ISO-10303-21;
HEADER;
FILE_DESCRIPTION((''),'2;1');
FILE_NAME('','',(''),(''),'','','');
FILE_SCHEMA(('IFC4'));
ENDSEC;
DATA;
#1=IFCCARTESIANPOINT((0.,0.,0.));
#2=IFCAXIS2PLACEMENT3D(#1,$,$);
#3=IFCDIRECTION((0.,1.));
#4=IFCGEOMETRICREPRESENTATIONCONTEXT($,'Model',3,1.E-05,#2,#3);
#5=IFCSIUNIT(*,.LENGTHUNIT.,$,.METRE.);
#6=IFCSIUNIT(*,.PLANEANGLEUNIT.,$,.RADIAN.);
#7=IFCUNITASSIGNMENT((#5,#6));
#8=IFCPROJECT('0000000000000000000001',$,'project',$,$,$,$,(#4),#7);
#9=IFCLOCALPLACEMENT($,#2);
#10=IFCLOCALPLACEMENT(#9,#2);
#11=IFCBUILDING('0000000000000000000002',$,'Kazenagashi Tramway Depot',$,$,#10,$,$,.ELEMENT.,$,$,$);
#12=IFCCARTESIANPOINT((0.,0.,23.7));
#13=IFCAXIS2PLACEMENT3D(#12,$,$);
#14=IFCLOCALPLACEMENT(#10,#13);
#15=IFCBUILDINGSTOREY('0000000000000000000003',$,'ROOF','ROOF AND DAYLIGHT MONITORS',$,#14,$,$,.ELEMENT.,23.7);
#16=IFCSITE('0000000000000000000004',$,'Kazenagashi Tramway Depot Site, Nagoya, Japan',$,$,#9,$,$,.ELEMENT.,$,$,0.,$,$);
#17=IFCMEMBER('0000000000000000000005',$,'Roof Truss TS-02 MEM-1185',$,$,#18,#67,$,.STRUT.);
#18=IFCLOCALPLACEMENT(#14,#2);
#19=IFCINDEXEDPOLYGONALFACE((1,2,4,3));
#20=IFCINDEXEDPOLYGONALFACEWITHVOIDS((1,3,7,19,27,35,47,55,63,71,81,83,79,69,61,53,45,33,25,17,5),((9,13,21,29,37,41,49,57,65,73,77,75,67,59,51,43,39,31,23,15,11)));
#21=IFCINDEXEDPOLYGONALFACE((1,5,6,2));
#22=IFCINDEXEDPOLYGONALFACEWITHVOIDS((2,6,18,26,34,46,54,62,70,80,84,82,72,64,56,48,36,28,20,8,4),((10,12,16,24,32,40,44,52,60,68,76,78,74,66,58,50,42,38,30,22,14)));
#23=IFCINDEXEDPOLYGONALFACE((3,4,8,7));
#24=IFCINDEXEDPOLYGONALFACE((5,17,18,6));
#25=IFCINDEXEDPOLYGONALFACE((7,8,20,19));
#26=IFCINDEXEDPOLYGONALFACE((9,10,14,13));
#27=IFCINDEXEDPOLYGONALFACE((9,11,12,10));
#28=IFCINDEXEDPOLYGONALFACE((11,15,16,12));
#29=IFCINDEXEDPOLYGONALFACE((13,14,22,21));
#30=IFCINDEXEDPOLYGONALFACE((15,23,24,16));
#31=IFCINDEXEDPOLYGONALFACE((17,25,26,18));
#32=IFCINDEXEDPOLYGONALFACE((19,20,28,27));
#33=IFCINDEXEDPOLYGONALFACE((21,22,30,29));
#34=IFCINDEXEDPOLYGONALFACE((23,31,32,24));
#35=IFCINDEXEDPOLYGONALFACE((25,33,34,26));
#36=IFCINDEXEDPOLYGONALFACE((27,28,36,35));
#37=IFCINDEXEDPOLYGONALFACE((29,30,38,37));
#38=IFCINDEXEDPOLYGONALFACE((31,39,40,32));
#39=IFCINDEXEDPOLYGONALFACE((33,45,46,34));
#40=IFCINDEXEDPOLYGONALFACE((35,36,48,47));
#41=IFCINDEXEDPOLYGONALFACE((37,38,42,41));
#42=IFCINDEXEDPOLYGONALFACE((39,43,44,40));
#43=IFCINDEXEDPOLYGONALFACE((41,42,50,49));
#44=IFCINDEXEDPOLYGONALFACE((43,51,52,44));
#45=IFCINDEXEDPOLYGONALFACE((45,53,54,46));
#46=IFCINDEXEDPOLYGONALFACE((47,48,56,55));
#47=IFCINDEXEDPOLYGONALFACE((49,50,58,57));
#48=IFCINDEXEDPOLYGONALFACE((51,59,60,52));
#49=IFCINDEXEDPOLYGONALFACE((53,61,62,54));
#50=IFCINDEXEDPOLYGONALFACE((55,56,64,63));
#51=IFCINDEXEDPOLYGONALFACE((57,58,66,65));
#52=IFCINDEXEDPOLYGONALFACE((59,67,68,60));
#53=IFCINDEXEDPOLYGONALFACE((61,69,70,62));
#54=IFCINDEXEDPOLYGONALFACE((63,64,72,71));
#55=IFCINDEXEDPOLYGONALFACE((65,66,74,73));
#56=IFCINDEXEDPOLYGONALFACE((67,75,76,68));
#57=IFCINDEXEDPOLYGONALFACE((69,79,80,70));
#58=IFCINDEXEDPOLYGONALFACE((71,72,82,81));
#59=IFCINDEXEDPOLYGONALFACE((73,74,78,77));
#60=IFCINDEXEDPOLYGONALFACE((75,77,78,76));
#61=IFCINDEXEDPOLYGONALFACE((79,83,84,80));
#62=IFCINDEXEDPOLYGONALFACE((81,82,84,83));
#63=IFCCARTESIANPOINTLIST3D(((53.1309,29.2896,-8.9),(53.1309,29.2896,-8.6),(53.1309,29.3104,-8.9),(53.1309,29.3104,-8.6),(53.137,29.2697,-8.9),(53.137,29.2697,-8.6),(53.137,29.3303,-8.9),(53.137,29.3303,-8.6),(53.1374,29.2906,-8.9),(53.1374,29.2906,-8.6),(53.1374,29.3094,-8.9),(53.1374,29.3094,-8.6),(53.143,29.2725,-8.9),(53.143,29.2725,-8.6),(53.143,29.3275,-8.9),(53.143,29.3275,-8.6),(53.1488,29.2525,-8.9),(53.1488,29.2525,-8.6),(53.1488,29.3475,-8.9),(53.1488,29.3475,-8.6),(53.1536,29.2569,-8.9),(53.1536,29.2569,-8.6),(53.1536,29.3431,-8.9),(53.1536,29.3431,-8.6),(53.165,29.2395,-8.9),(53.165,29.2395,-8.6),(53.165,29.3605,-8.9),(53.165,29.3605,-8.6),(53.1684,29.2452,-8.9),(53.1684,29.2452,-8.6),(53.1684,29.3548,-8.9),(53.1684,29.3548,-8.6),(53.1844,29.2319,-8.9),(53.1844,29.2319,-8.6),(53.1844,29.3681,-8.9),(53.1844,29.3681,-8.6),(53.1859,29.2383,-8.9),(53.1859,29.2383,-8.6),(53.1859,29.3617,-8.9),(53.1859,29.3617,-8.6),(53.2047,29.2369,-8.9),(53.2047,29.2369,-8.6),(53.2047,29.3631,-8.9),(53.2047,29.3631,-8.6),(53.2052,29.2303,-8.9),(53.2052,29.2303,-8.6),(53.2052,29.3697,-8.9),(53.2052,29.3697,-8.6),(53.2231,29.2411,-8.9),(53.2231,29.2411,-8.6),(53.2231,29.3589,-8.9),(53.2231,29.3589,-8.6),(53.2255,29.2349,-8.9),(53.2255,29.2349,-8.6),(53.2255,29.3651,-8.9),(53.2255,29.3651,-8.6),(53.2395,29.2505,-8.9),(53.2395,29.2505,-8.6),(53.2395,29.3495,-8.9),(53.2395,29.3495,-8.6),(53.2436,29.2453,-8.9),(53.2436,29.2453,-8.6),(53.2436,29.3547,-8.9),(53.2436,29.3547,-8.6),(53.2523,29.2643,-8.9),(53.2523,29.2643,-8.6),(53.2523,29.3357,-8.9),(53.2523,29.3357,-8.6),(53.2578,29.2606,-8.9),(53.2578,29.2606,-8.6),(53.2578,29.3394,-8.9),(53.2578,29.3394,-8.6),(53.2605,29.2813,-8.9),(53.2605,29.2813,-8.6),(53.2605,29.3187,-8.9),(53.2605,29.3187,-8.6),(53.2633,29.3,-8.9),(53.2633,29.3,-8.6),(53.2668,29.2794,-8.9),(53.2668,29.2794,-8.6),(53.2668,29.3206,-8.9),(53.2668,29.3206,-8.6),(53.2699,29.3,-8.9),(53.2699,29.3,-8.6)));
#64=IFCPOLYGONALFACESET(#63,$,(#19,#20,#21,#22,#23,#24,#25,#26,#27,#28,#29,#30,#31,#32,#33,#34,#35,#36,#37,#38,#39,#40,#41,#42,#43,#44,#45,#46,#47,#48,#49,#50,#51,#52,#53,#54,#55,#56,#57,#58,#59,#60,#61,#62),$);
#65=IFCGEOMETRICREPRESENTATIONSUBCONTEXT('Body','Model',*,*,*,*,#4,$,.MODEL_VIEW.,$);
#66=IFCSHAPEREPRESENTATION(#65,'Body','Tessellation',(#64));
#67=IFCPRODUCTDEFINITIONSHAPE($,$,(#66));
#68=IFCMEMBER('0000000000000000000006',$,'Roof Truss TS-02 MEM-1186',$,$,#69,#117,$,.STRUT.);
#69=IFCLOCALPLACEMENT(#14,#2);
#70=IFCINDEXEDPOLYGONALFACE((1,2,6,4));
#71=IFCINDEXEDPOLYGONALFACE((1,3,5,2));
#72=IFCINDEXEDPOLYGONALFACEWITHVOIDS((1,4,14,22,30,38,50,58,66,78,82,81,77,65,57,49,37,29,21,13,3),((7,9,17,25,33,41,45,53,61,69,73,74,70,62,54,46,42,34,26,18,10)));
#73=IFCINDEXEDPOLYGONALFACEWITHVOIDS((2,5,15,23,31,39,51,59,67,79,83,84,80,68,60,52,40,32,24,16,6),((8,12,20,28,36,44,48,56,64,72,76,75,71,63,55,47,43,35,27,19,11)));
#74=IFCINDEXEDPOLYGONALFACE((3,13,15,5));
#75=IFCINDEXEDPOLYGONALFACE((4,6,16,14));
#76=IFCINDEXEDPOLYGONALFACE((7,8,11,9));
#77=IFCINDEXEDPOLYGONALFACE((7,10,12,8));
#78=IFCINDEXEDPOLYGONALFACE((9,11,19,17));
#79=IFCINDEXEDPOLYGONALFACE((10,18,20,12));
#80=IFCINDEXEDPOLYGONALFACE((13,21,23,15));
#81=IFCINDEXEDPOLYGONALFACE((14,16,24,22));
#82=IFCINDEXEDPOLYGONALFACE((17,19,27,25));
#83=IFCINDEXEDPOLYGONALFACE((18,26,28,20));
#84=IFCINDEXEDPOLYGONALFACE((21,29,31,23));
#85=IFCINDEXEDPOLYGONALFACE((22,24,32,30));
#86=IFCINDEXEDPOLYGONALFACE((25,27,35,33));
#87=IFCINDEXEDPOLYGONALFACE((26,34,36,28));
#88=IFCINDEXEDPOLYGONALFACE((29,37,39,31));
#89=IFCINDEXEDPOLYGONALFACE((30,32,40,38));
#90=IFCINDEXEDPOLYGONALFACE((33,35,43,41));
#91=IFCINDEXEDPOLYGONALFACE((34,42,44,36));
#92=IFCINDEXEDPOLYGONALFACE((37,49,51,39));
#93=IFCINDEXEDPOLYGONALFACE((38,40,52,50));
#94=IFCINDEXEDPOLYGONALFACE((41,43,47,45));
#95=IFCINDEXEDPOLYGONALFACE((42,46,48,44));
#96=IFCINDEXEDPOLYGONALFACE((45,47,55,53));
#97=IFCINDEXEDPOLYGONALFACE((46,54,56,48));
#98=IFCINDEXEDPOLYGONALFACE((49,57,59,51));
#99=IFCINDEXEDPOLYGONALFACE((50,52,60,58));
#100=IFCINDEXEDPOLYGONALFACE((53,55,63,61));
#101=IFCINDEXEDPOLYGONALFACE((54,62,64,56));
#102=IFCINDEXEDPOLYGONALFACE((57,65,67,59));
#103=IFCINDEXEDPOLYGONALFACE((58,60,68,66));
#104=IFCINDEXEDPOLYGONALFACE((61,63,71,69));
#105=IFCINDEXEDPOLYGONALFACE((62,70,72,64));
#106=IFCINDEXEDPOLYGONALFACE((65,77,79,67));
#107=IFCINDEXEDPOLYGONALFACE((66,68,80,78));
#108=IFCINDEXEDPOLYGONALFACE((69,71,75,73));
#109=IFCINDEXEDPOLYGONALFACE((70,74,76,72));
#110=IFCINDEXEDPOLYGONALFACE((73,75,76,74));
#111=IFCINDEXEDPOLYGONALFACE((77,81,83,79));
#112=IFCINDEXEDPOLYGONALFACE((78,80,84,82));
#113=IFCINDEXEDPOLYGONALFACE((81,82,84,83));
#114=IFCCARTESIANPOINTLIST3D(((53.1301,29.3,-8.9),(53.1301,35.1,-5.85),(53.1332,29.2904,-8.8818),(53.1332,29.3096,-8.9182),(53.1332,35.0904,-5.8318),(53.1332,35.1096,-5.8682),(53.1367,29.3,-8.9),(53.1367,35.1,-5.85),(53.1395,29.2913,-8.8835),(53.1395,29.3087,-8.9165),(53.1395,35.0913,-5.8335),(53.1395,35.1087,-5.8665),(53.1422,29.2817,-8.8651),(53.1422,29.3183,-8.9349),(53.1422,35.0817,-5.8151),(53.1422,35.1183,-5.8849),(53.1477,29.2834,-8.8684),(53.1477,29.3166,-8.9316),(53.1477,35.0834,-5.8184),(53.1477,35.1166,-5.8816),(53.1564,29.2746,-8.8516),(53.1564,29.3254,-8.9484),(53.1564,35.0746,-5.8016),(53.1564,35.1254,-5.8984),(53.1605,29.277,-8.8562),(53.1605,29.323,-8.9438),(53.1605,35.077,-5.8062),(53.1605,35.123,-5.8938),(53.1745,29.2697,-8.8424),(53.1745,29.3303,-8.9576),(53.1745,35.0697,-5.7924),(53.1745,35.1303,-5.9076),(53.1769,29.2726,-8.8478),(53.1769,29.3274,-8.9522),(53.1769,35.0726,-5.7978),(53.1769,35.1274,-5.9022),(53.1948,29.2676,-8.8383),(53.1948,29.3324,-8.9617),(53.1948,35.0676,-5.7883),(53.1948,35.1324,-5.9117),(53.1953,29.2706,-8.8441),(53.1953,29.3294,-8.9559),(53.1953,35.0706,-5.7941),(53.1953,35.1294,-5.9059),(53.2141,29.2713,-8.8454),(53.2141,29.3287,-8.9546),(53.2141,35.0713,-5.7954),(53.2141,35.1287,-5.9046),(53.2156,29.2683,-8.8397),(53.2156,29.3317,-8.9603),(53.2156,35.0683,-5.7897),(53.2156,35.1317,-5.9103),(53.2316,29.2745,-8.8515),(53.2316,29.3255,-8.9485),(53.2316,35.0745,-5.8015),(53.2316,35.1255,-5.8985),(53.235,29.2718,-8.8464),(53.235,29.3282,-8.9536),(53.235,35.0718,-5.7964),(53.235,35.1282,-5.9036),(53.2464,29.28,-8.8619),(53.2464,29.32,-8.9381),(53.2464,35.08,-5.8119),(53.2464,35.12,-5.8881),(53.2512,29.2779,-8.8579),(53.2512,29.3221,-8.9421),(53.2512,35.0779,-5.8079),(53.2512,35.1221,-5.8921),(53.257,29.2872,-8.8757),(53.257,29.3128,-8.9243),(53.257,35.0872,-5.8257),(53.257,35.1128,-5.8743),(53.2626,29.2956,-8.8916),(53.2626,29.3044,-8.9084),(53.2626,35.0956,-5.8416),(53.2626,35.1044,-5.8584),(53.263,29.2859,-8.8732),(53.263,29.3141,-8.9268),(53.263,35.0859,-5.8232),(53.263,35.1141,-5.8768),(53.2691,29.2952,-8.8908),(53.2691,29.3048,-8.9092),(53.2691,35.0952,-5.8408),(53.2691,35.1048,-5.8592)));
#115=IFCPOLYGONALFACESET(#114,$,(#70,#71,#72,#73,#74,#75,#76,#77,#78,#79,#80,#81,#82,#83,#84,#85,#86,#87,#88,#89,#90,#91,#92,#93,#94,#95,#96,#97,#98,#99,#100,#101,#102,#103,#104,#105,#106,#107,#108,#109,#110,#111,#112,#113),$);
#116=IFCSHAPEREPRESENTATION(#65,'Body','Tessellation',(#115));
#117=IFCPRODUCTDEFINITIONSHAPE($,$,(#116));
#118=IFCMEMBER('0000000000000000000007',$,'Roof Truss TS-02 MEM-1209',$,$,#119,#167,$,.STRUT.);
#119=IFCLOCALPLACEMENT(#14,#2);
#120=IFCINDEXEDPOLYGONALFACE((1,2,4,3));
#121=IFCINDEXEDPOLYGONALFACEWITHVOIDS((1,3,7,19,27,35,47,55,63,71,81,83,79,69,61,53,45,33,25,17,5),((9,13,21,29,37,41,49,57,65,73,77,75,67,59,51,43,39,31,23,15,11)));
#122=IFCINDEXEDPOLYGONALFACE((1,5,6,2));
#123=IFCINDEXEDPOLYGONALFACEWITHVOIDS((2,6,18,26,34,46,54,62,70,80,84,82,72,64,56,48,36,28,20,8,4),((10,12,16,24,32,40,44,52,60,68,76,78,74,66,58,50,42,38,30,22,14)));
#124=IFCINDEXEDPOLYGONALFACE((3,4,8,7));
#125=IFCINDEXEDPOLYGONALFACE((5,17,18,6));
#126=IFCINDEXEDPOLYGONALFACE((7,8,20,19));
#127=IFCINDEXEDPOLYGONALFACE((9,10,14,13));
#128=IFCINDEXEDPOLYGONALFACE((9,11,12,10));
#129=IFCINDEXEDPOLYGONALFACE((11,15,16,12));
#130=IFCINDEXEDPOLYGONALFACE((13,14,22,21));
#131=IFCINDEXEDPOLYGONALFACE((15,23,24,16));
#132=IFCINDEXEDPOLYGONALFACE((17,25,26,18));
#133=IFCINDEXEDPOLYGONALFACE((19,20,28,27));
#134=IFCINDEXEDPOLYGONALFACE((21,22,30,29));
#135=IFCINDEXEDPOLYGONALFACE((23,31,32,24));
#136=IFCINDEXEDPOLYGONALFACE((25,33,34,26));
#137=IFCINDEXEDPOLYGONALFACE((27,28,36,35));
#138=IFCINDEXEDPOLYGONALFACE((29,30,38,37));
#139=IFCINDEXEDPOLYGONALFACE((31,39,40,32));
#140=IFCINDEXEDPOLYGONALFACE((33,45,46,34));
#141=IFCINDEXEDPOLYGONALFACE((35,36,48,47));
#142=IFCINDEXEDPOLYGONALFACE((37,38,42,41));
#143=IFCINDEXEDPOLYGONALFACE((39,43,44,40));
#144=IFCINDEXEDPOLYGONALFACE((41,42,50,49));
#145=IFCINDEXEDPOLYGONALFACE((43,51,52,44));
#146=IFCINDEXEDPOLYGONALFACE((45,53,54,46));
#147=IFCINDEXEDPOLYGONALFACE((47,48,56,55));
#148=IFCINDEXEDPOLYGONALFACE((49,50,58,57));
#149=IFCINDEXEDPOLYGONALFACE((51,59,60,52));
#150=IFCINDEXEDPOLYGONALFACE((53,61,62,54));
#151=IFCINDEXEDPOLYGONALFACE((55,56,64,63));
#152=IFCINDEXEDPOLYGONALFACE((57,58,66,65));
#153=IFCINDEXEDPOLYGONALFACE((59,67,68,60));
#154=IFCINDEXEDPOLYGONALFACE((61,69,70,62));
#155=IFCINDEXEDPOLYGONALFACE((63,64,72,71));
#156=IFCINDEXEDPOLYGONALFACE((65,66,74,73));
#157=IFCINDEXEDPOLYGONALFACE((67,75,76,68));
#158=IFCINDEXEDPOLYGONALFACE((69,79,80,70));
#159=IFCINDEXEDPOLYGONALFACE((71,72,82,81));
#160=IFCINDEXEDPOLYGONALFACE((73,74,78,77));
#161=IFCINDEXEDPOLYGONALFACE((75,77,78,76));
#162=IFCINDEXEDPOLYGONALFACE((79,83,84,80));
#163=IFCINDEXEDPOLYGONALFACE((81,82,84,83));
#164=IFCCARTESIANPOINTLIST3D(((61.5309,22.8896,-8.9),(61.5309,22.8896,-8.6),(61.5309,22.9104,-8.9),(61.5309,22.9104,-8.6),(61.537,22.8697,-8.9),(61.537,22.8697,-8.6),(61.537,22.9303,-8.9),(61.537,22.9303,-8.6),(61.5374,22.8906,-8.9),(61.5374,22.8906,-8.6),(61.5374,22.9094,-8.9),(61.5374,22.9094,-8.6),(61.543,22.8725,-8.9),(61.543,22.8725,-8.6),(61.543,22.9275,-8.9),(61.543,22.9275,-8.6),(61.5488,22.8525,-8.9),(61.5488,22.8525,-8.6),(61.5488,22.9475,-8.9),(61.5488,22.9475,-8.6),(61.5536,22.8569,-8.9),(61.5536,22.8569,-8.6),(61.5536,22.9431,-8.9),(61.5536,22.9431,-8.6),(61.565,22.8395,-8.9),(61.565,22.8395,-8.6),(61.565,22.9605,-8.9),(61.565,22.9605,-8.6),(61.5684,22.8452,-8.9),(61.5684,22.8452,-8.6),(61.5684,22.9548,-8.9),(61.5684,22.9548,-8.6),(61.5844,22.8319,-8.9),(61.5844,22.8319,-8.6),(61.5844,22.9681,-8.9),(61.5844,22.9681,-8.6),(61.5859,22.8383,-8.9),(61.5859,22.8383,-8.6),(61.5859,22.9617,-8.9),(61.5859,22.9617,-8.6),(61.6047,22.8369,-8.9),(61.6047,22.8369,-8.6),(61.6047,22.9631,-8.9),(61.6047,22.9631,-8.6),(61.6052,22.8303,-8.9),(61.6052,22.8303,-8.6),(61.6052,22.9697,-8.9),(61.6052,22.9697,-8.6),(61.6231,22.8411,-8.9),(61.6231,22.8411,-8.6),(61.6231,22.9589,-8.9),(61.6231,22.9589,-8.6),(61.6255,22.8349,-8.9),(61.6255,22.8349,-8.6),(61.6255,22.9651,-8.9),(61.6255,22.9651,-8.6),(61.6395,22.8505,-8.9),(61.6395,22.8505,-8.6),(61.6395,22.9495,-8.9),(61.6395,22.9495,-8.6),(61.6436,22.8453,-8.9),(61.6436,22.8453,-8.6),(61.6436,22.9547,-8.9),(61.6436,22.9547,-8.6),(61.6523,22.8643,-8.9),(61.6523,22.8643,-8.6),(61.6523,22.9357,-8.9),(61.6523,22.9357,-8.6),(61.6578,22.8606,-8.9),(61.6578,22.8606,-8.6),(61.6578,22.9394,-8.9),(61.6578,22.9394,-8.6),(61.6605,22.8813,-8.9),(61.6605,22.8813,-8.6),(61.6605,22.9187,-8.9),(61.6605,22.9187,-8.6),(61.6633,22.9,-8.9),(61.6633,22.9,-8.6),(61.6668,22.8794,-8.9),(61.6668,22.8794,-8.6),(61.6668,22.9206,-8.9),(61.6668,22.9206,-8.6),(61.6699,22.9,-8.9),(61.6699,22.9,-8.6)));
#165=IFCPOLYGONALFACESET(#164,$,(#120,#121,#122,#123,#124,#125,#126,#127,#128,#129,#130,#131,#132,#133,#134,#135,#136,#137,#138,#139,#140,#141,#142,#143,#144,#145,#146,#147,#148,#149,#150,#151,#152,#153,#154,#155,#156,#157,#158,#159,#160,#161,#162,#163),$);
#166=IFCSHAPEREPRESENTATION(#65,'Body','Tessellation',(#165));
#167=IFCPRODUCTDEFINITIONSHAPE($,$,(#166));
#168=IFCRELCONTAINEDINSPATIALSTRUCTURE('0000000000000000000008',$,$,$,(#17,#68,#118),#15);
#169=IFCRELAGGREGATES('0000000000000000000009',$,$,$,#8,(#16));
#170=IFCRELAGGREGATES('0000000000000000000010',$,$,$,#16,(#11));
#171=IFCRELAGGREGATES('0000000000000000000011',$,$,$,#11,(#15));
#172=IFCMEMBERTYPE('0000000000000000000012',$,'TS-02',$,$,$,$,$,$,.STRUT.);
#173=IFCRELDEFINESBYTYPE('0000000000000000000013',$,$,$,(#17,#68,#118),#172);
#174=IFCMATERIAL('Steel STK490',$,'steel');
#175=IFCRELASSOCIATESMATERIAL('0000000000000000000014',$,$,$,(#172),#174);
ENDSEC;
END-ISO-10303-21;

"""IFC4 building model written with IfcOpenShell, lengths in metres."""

from ifc_helpers import new_model, si_unit, direction, frame, origin, origin_2d, place, context, subcontext, project, spatial, hollow_circle, extrude, material, material_profile, profile_set, type_object, element, save


model = new_model("IFC4")

# Units and contexts
model_context = context("Model", 3, precision=1e-05, world=origin(), true_north=direction((0.0, 1.0)))
body_context = subcontext(model_context, "Body", "Model", "MODEL_VIEW")
ifc_project = project(units=[si_unit("LENGTHUNIT", "METRE"), si_unit("PLANEANGLEUNIT", "RADIAN")], contexts=[model_context])

# Site, building, storey
site_placement = place(None, origin())
site = spatial("IfcSite", under=ifc_project, at=site_placement, Name="Kazenagashi Tramway Depot Site, Nagoya, Japan", CompositionType="ELEMENT", RefElevation=0.0)
building_placement = place(site_placement, origin())
building = spatial("IfcBuilding", under=site, at=building_placement, Name="Kazenagashi Tramway Depot", CompositionType="ELEMENT")
storey_placement = place(building_placement, frame((0.0, 0.0, 23.7)))
storey = spatial("IfcBuildingStorey", under=building, at=storey_placement, Name="ROOF", Description="ROOF AND DAYLIGHT MONITORS", CompositionType="ELEMENT", Elevation=23.7)

# Members
ifc_material_1 = material(Name="Steel STK490", Category="steel")
ifc_material_profile_1 = material_profile(ifc_material_1, hollow_circle(Radius=0.0699, WallThickness=0.0066, at=origin_2d()), Name="CHS-139.8x6.6")
ifc_profile_set_1 = profile_set([ifc_material_profile_1], Name="Steel STK490")
member_type_1 = type_object("IfcMemberType", Name="TS-02", PredefinedType="STRUT", material=ifc_profile_set_1)
member_1_placement = place(storey_placement, frame((53.2, 29.3, -8.9), z_axis=(0.0, 0.0, 1.0), x_axis=(1.0, 0.0, 0.0)))
element("IfcMember", 1, at=member_1_placement, inside=storey, type_object=member_type_1, Name="Roof Truss TS-02 MEM-1185", PredefinedType="STRUT", context=body_context, shape_type="SweptSolid", body=[
    extrude(hollow_circle(Radius=0.0699, WallThickness=0.0066, at=origin_2d()), origin(), (0.0, 0.0, 1.0), 0.3),
])
member_2_placement = place(storey_placement, frame((53.2, 29.3, -8.9), z_axis=(0.0, 0.885084, 0.465432), x_axis=(-1.0, 0.0, 0.0)))
element("IfcMember", 2, at=member_2_placement, inside=storey, type_object=member_type_1, Name="Roof Truss TS-02 MEM-1186", PredefinedType="STRUT", context=body_context, shape_type="SweptSolid", body=[
    extrude(hollow_circle(Radius=0.0699, WallThickness=0.0066, at=origin_2d()), origin(), (0.0, 0.0, 1.0), 6.5531),
])
member_3_placement = place(storey_placement, frame((61.6, 22.9, -8.9), z_axis=(0.0, 0.0, 1.0), x_axis=(1.0, 0.0, 0.0)))
element("IfcMember", 3, at=member_3_placement, inside=storey, type_object=member_type_1, Name="Roof Truss TS-02 MEM-1209", PredefinedType="STRUT", context=body_context, shape_type="SweptSolid", body=[
    extrude(hollow_circle(Radius=0.0699, WallThickness=0.0066, at=origin_2d()), origin(), (0.0, 0.0, 1.0), 0.3),
])

save(model, "model.ifc")
